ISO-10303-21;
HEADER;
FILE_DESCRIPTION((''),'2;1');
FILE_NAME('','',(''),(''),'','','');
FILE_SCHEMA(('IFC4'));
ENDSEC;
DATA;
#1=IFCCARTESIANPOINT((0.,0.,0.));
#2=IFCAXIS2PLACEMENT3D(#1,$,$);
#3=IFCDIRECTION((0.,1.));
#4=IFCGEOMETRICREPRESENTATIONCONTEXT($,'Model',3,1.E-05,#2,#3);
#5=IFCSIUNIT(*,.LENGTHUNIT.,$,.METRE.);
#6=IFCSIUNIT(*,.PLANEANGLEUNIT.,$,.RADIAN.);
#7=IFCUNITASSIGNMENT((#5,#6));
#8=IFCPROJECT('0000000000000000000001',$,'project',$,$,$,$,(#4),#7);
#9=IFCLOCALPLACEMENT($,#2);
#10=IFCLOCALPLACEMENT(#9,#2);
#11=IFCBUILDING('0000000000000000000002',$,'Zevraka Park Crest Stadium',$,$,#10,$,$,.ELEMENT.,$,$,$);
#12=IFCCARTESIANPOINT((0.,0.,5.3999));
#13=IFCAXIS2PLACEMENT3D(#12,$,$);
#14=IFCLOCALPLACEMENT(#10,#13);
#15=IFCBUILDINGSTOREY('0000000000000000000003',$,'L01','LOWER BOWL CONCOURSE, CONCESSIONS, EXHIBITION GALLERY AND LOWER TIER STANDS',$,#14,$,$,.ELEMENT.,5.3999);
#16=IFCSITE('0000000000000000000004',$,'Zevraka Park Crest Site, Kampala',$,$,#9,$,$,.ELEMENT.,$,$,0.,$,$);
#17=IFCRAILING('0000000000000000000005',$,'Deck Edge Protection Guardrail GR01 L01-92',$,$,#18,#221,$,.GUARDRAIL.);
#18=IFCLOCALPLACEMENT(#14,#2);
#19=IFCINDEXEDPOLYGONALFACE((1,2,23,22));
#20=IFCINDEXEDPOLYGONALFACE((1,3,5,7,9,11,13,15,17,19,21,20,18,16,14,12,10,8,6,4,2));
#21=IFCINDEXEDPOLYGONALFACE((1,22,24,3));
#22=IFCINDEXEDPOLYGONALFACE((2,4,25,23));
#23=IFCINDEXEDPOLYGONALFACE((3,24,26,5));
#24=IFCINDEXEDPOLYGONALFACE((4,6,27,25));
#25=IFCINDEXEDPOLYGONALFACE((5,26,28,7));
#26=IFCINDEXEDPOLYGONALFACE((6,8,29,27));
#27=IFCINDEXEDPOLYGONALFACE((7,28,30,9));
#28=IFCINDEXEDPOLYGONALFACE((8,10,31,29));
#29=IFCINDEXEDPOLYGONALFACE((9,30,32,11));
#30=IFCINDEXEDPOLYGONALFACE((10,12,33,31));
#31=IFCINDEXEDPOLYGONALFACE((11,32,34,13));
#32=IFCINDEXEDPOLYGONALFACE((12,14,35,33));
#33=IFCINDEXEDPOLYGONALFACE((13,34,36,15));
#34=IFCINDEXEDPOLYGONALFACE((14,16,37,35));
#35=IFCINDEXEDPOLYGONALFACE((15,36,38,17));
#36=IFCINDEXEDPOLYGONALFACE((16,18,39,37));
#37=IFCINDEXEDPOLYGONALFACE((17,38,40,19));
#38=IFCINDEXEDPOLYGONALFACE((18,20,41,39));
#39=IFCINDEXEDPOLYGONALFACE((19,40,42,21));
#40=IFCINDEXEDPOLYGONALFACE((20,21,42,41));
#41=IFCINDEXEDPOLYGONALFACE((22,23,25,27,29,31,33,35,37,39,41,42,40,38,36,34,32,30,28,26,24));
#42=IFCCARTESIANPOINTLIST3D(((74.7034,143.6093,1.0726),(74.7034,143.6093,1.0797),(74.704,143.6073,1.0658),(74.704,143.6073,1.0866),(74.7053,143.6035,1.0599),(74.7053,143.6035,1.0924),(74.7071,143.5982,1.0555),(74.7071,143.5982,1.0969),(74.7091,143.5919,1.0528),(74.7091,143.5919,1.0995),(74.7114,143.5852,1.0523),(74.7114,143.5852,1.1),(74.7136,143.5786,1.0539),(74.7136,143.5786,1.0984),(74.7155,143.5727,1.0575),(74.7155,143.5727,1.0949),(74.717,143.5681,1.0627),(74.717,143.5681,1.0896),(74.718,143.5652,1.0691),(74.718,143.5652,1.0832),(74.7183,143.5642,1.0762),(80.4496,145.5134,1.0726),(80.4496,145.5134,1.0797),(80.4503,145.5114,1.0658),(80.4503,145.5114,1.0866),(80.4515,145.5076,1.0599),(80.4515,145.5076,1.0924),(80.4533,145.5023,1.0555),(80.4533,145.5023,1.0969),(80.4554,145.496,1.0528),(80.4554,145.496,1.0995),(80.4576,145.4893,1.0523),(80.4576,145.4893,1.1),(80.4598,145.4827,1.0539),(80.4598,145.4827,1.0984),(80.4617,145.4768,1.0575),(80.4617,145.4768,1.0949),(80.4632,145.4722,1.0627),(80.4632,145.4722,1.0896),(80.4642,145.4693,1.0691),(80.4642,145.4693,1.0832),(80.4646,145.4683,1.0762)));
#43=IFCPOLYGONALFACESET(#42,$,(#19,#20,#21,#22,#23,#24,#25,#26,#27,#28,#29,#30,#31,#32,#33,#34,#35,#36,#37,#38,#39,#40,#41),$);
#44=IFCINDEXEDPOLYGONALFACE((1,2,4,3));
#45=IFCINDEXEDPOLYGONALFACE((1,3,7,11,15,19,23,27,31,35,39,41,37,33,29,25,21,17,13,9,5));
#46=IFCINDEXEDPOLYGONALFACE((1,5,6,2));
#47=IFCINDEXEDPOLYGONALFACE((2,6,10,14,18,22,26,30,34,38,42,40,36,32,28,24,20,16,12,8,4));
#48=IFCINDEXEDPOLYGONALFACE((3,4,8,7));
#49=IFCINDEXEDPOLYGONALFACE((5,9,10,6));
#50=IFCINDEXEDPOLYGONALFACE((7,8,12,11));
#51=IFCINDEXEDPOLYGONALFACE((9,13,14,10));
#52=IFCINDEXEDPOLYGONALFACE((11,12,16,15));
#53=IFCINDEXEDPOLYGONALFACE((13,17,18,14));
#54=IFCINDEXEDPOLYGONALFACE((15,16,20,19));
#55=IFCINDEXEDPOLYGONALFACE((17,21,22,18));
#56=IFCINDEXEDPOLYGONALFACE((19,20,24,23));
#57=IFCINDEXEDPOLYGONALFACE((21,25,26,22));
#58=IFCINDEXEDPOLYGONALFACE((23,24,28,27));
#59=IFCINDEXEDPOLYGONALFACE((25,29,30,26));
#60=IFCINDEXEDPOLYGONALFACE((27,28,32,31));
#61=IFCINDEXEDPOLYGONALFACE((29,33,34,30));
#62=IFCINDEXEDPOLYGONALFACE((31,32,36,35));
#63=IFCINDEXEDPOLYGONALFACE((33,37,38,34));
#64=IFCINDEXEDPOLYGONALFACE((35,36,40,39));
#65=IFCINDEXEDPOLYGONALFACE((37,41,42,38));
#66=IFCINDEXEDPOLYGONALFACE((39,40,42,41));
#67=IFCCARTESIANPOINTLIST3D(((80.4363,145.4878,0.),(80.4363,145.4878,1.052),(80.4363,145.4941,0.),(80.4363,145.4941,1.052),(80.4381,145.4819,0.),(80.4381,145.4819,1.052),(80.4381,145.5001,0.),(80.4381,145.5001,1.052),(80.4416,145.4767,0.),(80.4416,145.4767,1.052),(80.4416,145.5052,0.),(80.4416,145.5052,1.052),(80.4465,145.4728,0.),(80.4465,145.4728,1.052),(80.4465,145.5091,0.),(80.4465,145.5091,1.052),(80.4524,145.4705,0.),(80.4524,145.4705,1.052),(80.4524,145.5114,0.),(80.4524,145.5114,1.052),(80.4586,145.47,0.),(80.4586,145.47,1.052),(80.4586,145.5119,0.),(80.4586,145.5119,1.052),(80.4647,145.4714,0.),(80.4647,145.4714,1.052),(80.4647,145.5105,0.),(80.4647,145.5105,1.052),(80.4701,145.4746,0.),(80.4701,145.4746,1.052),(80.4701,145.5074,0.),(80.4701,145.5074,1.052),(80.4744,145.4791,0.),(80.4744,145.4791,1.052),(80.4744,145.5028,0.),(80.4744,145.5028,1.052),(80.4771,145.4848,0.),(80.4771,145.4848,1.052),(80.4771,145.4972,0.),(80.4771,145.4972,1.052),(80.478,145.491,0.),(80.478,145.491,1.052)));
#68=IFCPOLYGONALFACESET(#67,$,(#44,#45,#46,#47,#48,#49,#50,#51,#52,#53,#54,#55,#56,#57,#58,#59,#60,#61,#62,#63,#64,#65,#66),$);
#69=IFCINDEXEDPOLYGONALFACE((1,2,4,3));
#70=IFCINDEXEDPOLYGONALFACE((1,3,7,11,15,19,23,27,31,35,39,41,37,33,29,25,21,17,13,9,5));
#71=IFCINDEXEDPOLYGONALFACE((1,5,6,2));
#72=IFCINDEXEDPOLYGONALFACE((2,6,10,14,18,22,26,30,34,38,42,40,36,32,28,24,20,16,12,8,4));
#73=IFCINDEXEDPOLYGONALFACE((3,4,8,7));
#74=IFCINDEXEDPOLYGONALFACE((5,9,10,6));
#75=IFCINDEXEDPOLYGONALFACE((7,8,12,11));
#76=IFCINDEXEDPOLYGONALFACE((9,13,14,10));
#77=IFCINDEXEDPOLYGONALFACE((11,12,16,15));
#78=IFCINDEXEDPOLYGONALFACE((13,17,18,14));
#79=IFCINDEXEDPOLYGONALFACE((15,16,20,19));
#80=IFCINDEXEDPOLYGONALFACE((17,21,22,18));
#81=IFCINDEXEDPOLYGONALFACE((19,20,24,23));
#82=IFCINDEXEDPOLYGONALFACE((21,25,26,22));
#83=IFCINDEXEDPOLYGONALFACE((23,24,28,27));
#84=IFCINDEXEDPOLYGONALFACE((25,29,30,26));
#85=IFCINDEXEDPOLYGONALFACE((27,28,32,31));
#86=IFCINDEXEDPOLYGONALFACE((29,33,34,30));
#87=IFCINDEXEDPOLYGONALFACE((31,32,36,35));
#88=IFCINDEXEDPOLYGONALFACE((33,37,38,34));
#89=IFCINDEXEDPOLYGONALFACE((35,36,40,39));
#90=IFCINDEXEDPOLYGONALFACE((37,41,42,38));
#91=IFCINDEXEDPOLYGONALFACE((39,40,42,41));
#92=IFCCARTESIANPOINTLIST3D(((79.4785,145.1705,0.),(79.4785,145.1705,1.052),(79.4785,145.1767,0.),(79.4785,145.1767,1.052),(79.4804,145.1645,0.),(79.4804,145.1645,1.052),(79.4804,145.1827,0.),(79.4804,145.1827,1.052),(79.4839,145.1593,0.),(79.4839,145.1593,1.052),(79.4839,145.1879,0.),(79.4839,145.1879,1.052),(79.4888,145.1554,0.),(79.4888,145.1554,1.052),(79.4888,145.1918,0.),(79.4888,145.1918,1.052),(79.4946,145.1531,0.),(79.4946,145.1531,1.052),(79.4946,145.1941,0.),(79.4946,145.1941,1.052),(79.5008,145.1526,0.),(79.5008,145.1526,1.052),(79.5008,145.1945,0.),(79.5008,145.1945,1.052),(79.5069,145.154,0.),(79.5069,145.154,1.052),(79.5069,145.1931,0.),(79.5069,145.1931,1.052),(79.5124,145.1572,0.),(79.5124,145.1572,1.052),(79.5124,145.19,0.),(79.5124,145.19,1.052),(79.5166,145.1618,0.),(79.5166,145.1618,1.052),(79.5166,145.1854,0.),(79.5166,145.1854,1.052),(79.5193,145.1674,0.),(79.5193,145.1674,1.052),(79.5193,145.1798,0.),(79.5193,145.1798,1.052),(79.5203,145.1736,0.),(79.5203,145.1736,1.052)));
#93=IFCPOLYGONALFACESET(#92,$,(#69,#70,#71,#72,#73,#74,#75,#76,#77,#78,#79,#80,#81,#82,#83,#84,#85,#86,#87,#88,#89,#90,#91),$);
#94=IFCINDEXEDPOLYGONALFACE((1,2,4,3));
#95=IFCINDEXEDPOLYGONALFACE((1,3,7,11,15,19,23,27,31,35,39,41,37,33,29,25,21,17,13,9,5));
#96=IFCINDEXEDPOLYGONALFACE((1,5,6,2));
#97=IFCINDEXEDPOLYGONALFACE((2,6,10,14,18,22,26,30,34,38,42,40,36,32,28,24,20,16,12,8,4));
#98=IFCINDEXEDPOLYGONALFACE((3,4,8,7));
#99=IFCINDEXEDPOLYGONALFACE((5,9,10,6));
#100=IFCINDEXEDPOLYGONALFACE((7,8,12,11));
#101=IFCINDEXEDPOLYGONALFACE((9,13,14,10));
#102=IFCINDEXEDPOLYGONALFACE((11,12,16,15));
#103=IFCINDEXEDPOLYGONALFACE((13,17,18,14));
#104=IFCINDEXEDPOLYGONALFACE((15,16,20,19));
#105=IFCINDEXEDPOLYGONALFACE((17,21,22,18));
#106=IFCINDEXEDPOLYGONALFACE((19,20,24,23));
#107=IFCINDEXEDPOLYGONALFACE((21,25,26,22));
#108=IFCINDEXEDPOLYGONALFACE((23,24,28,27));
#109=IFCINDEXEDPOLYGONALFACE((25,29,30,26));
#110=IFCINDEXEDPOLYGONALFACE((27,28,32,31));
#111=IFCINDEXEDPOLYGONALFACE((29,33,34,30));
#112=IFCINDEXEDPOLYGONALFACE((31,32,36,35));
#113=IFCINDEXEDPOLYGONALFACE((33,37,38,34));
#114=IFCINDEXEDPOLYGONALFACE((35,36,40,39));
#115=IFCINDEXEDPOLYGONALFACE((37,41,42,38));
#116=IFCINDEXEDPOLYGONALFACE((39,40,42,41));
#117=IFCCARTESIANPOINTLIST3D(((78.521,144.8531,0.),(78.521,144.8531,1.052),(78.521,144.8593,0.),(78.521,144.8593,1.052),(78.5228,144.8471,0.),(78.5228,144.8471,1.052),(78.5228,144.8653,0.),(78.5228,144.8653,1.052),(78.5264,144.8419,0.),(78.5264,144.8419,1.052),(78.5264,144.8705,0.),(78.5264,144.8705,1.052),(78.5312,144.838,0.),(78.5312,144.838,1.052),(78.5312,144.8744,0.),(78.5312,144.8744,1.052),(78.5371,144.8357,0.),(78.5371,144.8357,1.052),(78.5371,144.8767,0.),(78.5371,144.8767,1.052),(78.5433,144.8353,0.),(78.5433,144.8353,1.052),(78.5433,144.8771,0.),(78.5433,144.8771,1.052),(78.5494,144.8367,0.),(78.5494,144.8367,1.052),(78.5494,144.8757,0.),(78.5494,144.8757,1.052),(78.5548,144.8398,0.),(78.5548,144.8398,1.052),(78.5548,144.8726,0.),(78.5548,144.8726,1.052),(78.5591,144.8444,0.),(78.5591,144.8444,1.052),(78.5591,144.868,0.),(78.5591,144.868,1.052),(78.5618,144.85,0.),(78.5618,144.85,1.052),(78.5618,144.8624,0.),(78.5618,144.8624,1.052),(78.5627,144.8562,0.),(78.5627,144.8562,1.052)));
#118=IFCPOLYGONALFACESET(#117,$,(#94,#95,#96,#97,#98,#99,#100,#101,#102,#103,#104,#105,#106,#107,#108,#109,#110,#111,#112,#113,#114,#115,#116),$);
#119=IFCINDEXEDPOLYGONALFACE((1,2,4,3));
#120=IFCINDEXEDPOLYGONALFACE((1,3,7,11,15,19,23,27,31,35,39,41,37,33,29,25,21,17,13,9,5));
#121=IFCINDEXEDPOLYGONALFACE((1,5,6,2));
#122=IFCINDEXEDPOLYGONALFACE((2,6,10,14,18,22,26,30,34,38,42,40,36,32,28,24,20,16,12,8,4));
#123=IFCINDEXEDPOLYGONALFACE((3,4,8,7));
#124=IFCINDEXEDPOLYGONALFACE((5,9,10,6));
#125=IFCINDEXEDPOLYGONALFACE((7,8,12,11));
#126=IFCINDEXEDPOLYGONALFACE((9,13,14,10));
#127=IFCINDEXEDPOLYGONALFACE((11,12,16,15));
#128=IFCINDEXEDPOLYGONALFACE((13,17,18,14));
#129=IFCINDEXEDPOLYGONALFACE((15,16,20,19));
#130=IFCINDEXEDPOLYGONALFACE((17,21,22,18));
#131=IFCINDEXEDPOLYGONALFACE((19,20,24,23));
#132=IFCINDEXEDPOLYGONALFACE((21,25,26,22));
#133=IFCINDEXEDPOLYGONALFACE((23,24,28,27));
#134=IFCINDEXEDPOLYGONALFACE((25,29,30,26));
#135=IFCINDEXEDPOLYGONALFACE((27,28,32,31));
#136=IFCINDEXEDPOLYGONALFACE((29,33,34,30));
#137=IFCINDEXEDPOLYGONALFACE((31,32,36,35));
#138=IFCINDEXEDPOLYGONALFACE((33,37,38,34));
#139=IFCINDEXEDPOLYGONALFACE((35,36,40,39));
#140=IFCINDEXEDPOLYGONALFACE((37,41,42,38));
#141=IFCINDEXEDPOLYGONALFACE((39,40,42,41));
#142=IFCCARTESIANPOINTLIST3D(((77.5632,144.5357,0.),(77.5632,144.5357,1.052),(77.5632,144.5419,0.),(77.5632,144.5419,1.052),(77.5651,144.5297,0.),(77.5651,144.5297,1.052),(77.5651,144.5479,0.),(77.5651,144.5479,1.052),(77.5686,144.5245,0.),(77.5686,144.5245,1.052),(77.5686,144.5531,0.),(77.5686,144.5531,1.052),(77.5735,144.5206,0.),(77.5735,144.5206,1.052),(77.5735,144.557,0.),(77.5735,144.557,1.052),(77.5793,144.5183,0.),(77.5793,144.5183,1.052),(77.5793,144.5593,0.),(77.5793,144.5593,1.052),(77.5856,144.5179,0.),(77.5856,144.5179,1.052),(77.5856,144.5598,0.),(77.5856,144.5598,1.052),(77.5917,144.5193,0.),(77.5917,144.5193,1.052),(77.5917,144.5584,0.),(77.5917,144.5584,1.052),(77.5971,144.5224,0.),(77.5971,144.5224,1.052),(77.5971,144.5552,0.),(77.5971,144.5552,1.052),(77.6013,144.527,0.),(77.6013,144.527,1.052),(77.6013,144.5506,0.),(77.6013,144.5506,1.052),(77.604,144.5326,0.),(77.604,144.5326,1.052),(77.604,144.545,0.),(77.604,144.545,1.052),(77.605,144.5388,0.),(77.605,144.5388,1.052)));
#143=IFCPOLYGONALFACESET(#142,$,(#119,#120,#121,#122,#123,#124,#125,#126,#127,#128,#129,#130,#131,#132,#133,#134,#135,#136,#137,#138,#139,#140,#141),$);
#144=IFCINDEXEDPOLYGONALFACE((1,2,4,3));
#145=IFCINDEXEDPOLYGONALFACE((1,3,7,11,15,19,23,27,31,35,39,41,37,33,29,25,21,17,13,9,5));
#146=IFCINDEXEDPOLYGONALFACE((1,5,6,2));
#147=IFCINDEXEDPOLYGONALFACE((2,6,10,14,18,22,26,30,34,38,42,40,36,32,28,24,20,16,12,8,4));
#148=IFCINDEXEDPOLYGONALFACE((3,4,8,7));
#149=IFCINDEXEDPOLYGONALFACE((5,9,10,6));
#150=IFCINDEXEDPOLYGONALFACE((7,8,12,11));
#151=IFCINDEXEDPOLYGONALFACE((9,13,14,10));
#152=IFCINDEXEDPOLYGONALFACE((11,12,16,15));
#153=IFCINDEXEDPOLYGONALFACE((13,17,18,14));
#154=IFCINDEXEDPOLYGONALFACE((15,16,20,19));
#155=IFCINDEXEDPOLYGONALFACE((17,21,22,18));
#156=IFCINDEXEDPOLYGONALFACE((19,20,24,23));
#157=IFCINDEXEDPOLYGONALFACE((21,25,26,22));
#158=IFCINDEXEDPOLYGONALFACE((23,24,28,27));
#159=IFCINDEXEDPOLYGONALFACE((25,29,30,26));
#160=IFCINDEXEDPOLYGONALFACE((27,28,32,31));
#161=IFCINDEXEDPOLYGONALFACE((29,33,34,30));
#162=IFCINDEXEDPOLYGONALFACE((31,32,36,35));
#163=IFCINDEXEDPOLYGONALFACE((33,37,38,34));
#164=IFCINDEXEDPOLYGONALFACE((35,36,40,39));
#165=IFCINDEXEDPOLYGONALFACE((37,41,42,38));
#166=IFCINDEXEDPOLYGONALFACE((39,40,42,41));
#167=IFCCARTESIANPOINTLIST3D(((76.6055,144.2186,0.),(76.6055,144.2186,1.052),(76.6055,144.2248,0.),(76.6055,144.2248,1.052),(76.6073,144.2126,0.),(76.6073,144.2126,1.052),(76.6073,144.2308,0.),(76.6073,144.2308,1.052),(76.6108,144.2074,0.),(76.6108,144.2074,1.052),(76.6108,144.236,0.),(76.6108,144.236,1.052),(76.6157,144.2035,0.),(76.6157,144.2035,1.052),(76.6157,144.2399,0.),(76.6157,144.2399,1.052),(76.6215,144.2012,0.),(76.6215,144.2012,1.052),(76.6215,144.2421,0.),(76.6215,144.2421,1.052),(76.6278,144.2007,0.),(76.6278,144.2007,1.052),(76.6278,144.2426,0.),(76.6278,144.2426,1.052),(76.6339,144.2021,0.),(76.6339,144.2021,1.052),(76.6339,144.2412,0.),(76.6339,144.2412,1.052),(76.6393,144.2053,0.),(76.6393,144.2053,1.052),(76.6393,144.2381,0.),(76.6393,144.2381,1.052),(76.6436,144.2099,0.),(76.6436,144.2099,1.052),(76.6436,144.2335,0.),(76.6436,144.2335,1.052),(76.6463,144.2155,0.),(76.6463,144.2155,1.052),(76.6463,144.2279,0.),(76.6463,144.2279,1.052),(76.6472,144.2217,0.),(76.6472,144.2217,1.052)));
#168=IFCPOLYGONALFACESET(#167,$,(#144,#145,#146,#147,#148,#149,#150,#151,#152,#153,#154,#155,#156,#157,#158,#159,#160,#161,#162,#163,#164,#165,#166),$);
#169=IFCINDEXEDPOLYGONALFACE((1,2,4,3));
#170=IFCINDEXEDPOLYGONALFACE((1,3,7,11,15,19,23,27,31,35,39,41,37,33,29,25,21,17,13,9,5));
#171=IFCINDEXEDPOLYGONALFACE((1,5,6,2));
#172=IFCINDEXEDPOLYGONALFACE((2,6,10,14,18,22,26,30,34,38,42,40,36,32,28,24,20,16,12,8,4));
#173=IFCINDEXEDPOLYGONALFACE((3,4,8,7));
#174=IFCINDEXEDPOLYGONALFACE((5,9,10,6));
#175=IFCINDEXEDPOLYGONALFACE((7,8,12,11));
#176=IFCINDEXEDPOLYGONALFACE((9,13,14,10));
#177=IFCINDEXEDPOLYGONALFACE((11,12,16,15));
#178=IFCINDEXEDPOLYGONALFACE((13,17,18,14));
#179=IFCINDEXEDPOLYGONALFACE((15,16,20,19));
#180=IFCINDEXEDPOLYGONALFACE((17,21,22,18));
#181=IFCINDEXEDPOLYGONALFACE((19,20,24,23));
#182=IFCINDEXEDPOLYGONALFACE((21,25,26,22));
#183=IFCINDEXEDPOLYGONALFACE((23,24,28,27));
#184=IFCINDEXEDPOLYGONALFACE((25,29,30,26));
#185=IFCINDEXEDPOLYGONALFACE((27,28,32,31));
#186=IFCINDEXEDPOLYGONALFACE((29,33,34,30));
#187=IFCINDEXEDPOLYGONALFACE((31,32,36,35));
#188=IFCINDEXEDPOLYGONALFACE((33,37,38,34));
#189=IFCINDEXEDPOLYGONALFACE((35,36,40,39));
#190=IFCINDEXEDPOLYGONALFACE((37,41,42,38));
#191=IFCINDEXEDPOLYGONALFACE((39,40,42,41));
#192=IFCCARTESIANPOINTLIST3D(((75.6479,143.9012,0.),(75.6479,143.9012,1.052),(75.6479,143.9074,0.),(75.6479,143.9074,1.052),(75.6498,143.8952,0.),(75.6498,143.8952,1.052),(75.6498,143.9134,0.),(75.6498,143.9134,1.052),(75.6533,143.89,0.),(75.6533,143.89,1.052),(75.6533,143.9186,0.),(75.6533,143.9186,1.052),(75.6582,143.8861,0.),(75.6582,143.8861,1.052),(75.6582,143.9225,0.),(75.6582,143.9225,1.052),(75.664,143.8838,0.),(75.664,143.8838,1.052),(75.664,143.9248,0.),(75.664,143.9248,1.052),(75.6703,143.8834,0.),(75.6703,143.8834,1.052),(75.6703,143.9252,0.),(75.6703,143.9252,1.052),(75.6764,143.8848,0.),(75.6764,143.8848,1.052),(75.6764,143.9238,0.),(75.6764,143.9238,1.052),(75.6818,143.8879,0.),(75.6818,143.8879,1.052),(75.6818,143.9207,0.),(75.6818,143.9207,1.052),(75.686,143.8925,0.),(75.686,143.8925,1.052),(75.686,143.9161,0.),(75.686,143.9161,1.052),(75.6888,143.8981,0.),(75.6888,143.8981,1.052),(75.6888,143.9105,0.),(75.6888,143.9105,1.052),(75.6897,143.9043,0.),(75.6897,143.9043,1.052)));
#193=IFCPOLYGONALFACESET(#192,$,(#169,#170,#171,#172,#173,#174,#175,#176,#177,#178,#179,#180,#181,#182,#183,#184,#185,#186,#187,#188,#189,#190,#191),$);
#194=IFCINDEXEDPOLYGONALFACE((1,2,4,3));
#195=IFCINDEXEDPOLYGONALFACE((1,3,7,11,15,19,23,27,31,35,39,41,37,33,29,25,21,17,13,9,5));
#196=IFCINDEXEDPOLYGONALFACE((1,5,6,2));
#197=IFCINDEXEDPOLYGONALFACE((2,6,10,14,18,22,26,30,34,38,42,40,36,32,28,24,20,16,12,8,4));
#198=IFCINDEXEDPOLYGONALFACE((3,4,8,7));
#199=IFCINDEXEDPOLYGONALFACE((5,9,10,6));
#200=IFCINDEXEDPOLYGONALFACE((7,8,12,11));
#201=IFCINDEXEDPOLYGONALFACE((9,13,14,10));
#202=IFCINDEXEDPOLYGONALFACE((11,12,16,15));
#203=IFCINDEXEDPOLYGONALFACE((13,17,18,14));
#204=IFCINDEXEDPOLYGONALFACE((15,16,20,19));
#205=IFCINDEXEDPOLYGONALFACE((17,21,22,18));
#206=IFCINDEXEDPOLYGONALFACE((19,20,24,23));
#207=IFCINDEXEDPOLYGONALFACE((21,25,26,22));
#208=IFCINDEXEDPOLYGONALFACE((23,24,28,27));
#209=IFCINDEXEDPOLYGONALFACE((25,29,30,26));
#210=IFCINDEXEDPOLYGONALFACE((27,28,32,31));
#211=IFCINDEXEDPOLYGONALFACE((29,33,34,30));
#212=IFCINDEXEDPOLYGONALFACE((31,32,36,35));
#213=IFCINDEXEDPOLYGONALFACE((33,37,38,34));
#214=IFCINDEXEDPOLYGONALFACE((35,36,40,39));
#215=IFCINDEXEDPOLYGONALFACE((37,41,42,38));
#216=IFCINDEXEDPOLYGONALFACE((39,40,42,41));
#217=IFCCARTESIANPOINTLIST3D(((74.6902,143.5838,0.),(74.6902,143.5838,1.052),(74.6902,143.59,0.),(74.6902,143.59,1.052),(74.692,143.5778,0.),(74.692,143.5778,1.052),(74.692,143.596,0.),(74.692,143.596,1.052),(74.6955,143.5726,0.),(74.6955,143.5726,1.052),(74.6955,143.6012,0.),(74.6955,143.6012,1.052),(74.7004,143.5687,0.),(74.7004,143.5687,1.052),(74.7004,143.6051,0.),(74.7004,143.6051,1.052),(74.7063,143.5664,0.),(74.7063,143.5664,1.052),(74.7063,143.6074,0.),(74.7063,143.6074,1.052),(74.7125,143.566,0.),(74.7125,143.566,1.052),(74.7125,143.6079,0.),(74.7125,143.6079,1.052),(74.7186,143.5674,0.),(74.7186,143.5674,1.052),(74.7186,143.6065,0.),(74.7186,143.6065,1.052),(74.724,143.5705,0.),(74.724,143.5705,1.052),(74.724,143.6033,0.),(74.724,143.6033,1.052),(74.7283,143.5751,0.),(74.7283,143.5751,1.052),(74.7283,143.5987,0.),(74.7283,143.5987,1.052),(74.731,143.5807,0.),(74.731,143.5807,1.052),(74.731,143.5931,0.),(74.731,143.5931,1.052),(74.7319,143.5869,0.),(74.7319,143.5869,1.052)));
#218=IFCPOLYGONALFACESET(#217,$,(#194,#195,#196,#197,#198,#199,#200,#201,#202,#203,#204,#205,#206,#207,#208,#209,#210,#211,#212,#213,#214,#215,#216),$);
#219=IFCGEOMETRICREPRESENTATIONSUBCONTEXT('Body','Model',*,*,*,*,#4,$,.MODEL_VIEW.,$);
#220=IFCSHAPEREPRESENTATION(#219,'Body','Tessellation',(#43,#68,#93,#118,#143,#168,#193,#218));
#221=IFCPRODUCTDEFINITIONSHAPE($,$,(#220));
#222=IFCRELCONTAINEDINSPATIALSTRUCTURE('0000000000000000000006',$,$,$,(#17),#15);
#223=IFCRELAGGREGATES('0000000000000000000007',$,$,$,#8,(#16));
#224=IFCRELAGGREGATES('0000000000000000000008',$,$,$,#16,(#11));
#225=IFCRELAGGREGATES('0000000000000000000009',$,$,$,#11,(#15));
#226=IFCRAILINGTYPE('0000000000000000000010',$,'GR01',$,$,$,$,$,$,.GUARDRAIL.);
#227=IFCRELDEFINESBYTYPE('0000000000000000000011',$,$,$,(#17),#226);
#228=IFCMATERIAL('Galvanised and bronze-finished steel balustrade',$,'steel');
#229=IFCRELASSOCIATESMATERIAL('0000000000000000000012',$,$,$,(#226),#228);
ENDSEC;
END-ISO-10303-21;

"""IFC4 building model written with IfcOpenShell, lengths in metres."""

from ifc_helpers import new_model, si_unit, direction, frame, origin, origin_2d, place, context, subcontext, project, spatial, circle, extrude, material, type_object, element, save


model = new_model("IFC4")

# Units and contexts
model_context = context("Model", 3, precision=1e-05, world=origin(), true_north=direction((0.0, 1.0)))
body_context = subcontext(model_context, "Body", "Model", "MODEL_VIEW")
ifc_project = project(units=[si_unit("LENGTHUNIT", "METRE"), si_unit("PLANEANGLEUNIT", "RADIAN")], contexts=[model_context])

# Site, building, storey
site_placement = place(None, origin())
site = spatial("IfcSite", under=ifc_project, at=site_placement, Name="Zevraka Park Crest Site, Kampala", CompositionType="ELEMENT", RefElevation=0.0)
building_placement = place(site_placement, origin())
building = spatial("IfcBuilding", under=site, at=building_placement, Name="Zevraka Park Crest Stadium", CompositionType="ELEMENT")
storey_placement = place(building_placement, frame((0.0, 0.0, 5.3999)))
storey = spatial("IfcBuildingStorey", under=building, at=storey_placement, Name="L01", Description="LOWER BOWL CONCOURSE, CONCESSIONS, EXHIBITION GALLERY AND LOWER TIER STANDS", CompositionType="ELEMENT", Elevation=5.3999)

# Railing
ifc_material_1 = material(Name="Galvanised and bronze-finished steel balustrade", Category="steel")
railing_type_1 = type_object("IfcRailingType", Name="GR01", PredefinedType="GUARDRAIL", material=ifc_material_1)
railing_1_placement = place(storey_placement, frame((80.457, 145.491, 0.0)))
element("IfcRailing", 1, at=railing_1_placement, inside=storey, type_object=railing_type_1, Name="Deck Edge Protection Guardrail GR01 L01-92", PredefinedType="GUARDRAIL", context=body_context, shape_type="SweptSolid", body=[
    extrude(circle(Radius=0.0239, at=origin_2d()), frame((0.0, 0.0, 1.0762), z_axis=(-0.949242, -0.314545, 0.0), x_axis=(0.314545, -0.949242, 0.0)), (0.0, 0.0, 1.0), 6.0535),
    extrude(circle(Radius=0.021, at=origin_2d()), origin(), (0.0, 0.0, 1.0), 1.052),
    extrude(circle(Radius=0.021, at=origin_2d()), frame((-0.9578, -0.3174, 0.0)), (0.0, 0.0, 1.0), 1.052),
    extrude(circle(Radius=0.021, at=origin_2d()), frame((-1.9153, -0.6348, 0.0)), (0.0, 0.0, 1.0), 1.052),
    extrude(circle(Radius=0.021, at=origin_2d()), frame((-2.873, -0.9521, 0.0)), (0.0, 0.0, 1.0), 1.052),
    extrude(circle(Radius=0.021, at=origin_2d()), frame((-3.8308, -1.2693, 0.0)), (0.0, 0.0, 1.0), 1.052),
    extrude(circle(Radius=0.021, at=origin_2d()), frame((-4.7883, -1.5867, 0.0)), (0.0, 0.0, 1.0), 1.052),
    extrude(circle(Radius=0.021, at=origin_2d()), frame((-5.7461, -1.9041, 0.0)), (0.0, 0.0, 1.0), 1.052),
])

save(model, "model.ifc")
